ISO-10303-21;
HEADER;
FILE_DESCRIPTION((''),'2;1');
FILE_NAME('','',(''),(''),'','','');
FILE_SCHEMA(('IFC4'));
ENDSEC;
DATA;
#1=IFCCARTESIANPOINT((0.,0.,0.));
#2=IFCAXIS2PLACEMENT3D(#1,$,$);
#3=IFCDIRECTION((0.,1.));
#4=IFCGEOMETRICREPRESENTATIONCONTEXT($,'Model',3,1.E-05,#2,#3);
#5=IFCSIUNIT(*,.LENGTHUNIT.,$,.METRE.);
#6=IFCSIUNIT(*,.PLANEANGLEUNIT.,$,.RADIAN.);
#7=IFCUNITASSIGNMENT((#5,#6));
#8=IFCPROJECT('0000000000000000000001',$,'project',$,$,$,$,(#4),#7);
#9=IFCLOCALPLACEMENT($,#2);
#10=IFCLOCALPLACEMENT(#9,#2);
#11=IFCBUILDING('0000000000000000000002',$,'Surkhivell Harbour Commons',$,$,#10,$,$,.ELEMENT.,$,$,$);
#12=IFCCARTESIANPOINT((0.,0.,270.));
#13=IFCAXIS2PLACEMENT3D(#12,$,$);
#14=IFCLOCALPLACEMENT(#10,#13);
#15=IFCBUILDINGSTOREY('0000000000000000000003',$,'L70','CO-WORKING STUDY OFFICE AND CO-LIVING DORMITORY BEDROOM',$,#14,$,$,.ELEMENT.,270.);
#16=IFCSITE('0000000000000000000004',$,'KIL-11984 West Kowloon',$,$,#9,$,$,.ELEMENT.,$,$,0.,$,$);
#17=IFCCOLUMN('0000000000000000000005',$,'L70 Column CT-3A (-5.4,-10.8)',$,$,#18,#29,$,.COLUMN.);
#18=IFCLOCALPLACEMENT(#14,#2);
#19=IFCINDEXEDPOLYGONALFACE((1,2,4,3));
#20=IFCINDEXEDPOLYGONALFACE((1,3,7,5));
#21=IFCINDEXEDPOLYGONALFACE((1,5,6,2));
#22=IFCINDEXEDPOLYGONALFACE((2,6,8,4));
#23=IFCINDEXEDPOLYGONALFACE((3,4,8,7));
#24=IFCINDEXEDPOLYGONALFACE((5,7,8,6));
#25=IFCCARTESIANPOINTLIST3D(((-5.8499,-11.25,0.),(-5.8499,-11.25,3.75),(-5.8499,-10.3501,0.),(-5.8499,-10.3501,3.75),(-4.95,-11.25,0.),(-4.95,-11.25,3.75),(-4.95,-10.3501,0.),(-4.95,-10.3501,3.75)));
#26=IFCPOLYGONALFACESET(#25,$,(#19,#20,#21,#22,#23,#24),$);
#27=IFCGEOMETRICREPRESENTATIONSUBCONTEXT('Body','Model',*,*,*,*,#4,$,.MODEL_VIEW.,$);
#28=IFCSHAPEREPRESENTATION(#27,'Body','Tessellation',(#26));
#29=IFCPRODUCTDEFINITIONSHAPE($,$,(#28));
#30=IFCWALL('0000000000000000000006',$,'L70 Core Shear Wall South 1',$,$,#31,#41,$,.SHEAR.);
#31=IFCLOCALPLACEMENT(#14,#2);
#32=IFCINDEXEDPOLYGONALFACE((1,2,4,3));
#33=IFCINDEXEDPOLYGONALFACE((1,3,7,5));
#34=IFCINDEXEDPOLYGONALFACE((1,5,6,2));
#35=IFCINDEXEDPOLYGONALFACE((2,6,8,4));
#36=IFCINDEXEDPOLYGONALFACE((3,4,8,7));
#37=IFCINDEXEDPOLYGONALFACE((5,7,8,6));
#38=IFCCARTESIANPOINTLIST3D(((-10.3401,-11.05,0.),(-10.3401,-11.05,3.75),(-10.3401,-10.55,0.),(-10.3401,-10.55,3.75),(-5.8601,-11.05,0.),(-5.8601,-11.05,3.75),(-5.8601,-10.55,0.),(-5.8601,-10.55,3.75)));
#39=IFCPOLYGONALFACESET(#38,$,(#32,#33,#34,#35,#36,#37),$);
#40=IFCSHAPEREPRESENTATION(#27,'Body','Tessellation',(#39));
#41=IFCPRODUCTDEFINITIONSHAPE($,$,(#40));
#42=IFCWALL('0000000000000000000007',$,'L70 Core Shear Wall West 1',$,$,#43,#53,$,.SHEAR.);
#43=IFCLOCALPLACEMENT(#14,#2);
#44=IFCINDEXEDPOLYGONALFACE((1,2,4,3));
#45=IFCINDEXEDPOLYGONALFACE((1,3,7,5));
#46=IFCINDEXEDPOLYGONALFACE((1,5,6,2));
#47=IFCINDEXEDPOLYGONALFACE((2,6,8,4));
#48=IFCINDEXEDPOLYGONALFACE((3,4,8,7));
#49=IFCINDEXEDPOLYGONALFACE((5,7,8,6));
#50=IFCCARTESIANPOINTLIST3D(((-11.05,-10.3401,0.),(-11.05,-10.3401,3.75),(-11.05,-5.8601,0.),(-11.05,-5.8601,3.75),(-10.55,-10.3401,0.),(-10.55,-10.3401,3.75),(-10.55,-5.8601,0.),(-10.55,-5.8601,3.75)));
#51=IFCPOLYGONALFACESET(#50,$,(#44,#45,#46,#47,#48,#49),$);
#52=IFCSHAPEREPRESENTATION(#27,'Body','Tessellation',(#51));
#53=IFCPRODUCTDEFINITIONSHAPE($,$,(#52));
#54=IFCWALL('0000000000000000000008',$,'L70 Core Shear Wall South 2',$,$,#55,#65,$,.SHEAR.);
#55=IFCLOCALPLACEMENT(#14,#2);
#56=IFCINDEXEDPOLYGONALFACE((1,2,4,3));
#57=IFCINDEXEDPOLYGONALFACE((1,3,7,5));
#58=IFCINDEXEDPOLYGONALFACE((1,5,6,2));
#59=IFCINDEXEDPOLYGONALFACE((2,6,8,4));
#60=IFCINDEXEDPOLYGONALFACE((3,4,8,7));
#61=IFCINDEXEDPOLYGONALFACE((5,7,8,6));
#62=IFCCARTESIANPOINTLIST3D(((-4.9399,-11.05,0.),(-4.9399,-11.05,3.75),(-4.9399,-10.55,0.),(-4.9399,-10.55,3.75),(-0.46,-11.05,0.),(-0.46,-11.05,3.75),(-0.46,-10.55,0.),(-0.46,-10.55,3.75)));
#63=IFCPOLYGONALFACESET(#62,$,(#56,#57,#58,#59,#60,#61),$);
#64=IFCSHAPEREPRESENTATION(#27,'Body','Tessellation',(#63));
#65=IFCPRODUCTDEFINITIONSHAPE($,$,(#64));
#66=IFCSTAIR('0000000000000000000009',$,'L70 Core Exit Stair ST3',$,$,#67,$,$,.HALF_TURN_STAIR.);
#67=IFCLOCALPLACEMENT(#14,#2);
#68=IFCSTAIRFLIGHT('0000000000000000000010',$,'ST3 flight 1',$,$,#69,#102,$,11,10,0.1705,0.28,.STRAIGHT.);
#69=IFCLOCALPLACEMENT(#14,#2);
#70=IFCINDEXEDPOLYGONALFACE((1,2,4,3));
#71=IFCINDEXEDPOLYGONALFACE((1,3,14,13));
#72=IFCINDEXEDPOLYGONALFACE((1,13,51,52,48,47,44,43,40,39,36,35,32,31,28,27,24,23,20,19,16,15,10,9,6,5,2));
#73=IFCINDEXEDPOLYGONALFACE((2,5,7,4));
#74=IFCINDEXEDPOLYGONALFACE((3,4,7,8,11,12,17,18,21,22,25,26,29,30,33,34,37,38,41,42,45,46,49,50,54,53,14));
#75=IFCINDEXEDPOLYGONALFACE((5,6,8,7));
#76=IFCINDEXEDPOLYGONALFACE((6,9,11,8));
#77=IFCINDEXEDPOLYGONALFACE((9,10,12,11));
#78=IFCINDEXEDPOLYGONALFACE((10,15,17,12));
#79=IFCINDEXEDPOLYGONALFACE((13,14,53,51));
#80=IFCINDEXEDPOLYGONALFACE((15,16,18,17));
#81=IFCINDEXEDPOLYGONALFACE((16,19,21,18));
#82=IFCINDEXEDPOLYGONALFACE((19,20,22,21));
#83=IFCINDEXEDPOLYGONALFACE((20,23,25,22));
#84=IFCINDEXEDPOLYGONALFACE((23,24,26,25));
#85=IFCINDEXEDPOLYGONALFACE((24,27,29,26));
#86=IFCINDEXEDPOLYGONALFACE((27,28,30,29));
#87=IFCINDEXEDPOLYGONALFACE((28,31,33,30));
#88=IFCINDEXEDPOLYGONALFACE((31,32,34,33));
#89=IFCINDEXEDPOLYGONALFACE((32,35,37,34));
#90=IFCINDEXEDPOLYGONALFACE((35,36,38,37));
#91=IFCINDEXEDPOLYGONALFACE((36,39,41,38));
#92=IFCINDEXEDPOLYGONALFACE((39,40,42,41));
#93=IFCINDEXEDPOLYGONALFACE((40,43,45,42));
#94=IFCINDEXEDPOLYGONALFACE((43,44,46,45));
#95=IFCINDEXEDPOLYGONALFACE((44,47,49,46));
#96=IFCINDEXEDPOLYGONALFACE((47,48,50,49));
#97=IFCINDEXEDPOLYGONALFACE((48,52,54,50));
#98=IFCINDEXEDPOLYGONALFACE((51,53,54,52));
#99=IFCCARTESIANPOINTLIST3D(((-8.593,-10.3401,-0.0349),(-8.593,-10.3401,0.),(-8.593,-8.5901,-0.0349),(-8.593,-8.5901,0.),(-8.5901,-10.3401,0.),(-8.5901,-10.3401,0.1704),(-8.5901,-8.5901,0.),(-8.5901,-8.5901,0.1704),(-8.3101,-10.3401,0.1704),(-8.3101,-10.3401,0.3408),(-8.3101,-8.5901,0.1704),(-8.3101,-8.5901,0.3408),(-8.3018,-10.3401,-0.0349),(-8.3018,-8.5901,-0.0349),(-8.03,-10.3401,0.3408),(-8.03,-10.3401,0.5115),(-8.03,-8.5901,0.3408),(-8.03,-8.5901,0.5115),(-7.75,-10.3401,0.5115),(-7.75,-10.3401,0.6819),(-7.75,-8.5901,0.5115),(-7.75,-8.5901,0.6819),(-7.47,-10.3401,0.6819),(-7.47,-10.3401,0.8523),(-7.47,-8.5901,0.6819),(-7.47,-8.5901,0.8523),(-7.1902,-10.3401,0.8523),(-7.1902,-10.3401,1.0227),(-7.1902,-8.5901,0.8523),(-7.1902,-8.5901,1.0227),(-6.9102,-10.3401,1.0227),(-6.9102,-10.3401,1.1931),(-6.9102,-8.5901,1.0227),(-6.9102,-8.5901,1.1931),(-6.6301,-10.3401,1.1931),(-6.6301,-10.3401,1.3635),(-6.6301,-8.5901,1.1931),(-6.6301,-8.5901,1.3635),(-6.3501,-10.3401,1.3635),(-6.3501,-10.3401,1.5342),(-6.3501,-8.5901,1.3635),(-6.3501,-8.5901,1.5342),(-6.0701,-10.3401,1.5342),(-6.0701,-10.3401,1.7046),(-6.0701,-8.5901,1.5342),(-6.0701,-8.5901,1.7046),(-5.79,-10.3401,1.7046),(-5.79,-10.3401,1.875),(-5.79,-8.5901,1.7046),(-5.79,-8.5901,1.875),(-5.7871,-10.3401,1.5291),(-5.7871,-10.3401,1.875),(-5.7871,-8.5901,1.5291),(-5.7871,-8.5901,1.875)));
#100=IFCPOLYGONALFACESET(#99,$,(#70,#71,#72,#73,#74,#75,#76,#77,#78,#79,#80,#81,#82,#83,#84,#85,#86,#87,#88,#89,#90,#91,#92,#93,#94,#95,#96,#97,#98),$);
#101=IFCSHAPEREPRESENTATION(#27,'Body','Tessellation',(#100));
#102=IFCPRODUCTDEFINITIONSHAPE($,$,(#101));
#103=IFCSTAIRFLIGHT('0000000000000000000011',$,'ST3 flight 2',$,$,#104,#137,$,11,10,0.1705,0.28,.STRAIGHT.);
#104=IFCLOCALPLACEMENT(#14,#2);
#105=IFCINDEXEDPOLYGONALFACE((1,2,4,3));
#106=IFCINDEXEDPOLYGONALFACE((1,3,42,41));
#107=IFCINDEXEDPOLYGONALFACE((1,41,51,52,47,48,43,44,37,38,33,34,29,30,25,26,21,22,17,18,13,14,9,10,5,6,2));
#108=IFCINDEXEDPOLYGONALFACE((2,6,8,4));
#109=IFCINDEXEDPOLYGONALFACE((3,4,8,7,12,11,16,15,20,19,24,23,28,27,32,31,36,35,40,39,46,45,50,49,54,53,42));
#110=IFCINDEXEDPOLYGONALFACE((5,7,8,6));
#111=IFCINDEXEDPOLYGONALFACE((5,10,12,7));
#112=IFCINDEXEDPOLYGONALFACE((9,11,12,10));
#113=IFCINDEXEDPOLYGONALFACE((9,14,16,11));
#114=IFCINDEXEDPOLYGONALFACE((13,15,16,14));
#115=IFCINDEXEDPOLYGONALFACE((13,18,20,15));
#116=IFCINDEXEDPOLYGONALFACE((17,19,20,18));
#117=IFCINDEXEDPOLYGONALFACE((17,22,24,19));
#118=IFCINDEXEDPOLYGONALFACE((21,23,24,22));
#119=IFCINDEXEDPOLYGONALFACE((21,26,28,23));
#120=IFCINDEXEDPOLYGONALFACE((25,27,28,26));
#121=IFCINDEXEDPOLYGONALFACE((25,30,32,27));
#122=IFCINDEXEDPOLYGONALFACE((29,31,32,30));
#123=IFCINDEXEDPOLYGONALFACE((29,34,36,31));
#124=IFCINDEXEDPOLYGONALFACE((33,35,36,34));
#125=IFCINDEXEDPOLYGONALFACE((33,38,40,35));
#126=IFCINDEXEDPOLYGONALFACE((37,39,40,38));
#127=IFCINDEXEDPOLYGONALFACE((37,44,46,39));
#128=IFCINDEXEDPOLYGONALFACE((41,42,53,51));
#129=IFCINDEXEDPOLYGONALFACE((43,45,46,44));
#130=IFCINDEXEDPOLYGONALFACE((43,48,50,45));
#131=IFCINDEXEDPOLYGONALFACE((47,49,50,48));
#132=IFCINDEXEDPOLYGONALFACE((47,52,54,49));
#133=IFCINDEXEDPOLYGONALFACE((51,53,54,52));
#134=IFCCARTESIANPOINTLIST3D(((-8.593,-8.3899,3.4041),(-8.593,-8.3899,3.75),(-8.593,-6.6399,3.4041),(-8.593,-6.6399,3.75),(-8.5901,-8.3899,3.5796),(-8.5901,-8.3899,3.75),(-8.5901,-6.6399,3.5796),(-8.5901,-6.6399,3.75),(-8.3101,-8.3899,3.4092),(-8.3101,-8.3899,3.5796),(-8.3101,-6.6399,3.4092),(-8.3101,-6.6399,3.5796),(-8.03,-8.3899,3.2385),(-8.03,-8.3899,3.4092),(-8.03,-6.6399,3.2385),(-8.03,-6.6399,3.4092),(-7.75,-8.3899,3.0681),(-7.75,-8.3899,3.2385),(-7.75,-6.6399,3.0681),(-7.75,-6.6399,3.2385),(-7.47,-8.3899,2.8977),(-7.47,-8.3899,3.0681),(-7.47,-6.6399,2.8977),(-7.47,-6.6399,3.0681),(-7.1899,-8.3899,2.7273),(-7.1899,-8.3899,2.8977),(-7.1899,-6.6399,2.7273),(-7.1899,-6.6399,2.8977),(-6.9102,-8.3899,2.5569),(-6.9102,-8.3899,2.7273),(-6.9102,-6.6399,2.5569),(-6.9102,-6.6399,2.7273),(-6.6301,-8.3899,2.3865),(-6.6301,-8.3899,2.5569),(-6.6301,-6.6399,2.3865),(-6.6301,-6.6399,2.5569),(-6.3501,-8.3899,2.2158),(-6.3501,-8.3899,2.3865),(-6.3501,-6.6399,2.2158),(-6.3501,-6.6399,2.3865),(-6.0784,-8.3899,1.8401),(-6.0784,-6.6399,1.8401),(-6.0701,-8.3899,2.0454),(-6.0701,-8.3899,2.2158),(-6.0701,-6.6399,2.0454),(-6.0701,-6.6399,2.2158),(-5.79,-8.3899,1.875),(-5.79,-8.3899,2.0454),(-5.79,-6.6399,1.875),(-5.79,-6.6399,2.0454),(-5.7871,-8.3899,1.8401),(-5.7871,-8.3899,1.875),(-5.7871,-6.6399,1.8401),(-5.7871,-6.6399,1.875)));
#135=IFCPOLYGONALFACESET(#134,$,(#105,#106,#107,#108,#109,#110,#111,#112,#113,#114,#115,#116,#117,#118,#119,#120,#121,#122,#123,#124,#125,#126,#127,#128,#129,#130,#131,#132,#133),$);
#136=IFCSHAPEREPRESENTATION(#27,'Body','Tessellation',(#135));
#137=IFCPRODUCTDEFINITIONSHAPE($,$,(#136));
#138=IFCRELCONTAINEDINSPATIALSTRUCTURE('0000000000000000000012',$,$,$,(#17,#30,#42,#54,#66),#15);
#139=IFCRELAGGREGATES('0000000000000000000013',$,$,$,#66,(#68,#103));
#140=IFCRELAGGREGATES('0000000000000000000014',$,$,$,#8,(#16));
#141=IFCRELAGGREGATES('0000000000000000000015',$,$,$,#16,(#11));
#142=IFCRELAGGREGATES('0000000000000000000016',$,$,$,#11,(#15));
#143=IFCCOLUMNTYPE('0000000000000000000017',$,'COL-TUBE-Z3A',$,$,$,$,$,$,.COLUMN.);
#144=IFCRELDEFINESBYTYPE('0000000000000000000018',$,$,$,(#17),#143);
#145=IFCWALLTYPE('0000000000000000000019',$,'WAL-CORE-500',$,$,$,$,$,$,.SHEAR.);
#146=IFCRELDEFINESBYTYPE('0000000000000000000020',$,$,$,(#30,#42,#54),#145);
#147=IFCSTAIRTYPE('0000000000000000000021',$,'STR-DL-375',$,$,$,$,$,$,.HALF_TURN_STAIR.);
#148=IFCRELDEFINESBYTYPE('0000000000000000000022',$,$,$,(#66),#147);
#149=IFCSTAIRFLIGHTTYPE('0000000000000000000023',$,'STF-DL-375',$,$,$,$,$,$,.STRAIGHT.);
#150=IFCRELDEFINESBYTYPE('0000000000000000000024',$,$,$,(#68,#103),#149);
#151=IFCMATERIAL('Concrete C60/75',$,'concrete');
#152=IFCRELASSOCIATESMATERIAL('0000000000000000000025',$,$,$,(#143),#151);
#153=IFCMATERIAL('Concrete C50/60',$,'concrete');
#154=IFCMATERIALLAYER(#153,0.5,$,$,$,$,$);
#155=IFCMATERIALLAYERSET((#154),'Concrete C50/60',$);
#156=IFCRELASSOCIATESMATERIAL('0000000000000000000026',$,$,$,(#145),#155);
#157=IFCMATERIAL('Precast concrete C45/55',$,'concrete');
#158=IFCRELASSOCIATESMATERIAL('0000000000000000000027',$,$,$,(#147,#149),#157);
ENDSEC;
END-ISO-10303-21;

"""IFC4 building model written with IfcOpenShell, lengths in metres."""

from ifc_helpers import new_model, si_unit, direction, frame, frame_2d, origin, origin_2d, place, context, subcontext, project, spatial, polyline, rectangle, outline, extrude, material, layer, layer_set, material_profile, profile_set, type_object, element, aggregate, save


model = new_model("IFC4")

# Units and contexts
model_context = context("Model", 3, precision=1e-05, world=origin(), true_north=direction((0.0, 1.0)))
body_context = subcontext(model_context, "Body", "Model", "MODEL_VIEW")
ifc_project = project(units=[si_unit("LENGTHUNIT", "METRE"), si_unit("PLANEANGLEUNIT", "RADIAN")], contexts=[model_context])

# Site, building, storey
site_placement = place(None, origin())
site = spatial("IfcSite", under=ifc_project, at=site_placement, Name="KIL-11984 West Kowloon", CompositionType="ELEMENT", RefElevation=0.0)
building_placement = place(site_placement, origin())
building = spatial("IfcBuilding", under=site, at=building_placement, Name="Surkhivell Harbour Commons", CompositionType="ELEMENT")
storey_placement = place(building_placement, frame((0.0, 0.0, 270.0)))
storey = spatial("IfcBuildingStorey", under=building, at=storey_placement, Name="L70", Description="CO-WORKING STUDY OFFICE AND CO-LIVING DORMITORY BEDROOM", CompositionType="ELEMENT", Elevation=270.0)

# Column
ifc_material_1 = material(Name="Concrete C60/75", Category="concrete")
ifc_material_profile = material_profile(ifc_material_1, rectangle(XDim=0.8999, YDim=0.8999, at=origin_2d()), Name="RC-COL-900x900")
ifc_profile_set = profile_set([ifc_material_profile], Name="Concrete C60/75")
column_type = type_object("IfcColumnType", Name="COL-TUBE-Z3A", PredefinedType="COLUMN", material=ifc_profile_set)
column_placement = place(storey_placement, frame((-5.3999, -10.8, 0.0), z_axis=(0.0, 0.0, 1.0), x_axis=(1.0, 0.0, 0.0)))
element("IfcColumn", 1, at=column_placement, inside=storey, type_object=column_type, Name="L70 Column CT-3A (-5.4,-10.8)", PredefinedType="COLUMN", context=body_context, shape_type="SweptSolid", body=[
    extrude(rectangle(XDim=0.8999, YDim=0.8999, at=origin_2d()), origin(), (0.0, 0.0, 1.0), 3.75),
])

# Walls
ifc_material_2 = material(Name="Concrete C50/60", Category="concrete")
ifc_layer = layer(ifc_material_2, 0.5)
ifc_layer_set = layer_set([ifc_layer], Name="Concrete C50/60")
wall_type = type_object("IfcWallType", Name="WAL-CORE-500", PredefinedType="SHEAR", material=ifc_layer_set)
for number, where, z_axis, x_axis, name in (
    (2, (-10.3401, -10.8, 0.0), (0.0, 0.0, 1.0), (1.0, 0.0, 0.0), "L70 Core Shear Wall South 1"),
    (3, (-10.8, -10.3401, 0.0), (0.0, 0.0, 1.0), (0.0, 1.0, 0.0), "L70 Core Shear Wall West 1"),
    (4, (-4.9399, -10.8, 0.0), (0.0, 0.0, 1.0), (1.0, 0.0, 0.0), "L70 Core Shear Wall South 2"),
):
    element("IfcWall", number, at=place(storey_placement, frame(where, z_axis=z_axis, x_axis=x_axis)), inside=storey, type_object=wall_type, Name=name, PredefinedType="SHEAR", context=body_context, shape_type="SweptSolid", body=[
        extrude(rectangle(XDim=4.48, YDim=0.5, at=frame_2d((2.24, 0.0))), origin(), (0.0, 0.0, 1.0), 3.75),
    ])

# Stair, stair flights
ifc_material_3 = material(Name="Precast concrete C45/55", Category="concrete")
stair_type = type_object("IfcStairType", Name="STR-DL-375", PredefinedType="HALF_TURN_STAIR", material=ifc_material_3)
stair_placement = place(storey_placement, origin())
stair = element("IfcStair", 5, at=stair_placement, inside=storey, type_object=stair_type, Name="L70 Core Exit Stair ST3", PredefinedType="HALF_TURN_STAIR")
stair_flight_type = type_object("IfcStairFlightType", Name="STF-DL-375", PredefinedType="STRAIGHT", material=ifc_material_3)
stair_flight_1_placement = place(storey_placement, frame((-8.5901, -9.4651, 0.0), z_axis=(0.0, 0.0, 1.0), x_axis=(1.0, 0.0, 0.0)))
stair_flight_1 = element("IfcStairFlight", 6, at=stair_flight_1_placement, type_object=stair_flight_type, Name="ST3 flight 1", NumberOfRisers=11, NumberOfTreads=10, PredefinedType="STRAIGHT", RiserHeight=0.1705, TreadLength=0.28, context=body_context, shape_type="SweptSolid", body=[
    extrude(outline(polyline([(-0.0029, -0.0349), (-0.0029, 0.0), (0.0, 0.0), (0.0, 0.1704), (0.28, 0.1704), (0.28, 0.3408), (0.5601, 0.3408), (0.5601, 0.5115), (0.8401, 0.5115), (0.8401, 0.6819), (1.1201, 0.6819), (1.1201, 0.8523), (1.3999, 0.8523), (1.3999, 1.0227), (1.6799, 1.0227), (1.6799, 1.1931), (1.96, 1.1931), (1.96, 1.3635), (2.24, 1.3635), (2.24, 1.5342), (2.52, 1.5342), (2.52, 1.7046), (2.8, 1.7046), (2.8, 1.875), (2.803, 1.875), (2.803, 1.5291), (0.2883, -0.0349), (-0.0029, -0.0349)])), frame((0.0, 0.875, 0.0), z_axis=(0.0, -1.0, 0.0), x_axis=(1.0, 0.0, 0.0)), (0.0, 0.0, 1.0), 1.75),
])
stair_flight_2_placement = place(storey_placement, frame((-5.79, -7.5149, 1.875), z_axis=(0.0, 0.0, 1.0), x_axis=(-1.0, 0.0, 0.0)))
stair_flight_2 = element("IfcStairFlight", 7, at=stair_flight_2_placement, type_object=stair_flight_type, Name="ST3 flight 2", NumberOfRisers=11, NumberOfTreads=10, PredefinedType="STRAIGHT", RiserHeight=0.1705, TreadLength=0.28, context=body_context, shape_type="SweptSolid", body=[
    extrude(outline(polyline([(-0.0029, -0.0349), (-0.0029, 0.0), (0.0, 0.0), (0.0, 0.1704), (0.28, 0.1704), (0.28, 0.3408), (0.5601, 0.3408), (0.5601, 0.5115), (0.8401, 0.5115), (0.8401, 0.6819), (1.1201, 0.6819), (1.1201, 0.8523), (1.3999, 0.8523), (1.3999, 1.0227), (1.6799, 1.0227), (1.6799, 1.1931), (1.96, 1.1931), (1.96, 1.3635), (2.24, 1.3635), (2.24, 1.5342), (2.52, 1.5342), (2.52, 1.7046), (2.8, 1.7046), (2.8, 1.875), (2.803, 1.875), (2.803, 1.5291), (0.2883, -0.0349), (-0.0029, -0.0349)])), frame((0.0, 0.875, 0.0), z_axis=(0.0, -1.0, 0.0), x_axis=(1.0, 0.0, 0.0)), (0.0, 0.0, 1.0), 1.75),
])
aggregate(stair, [stair_flight_1, stair_flight_2])

save(model, "model.ifc")
